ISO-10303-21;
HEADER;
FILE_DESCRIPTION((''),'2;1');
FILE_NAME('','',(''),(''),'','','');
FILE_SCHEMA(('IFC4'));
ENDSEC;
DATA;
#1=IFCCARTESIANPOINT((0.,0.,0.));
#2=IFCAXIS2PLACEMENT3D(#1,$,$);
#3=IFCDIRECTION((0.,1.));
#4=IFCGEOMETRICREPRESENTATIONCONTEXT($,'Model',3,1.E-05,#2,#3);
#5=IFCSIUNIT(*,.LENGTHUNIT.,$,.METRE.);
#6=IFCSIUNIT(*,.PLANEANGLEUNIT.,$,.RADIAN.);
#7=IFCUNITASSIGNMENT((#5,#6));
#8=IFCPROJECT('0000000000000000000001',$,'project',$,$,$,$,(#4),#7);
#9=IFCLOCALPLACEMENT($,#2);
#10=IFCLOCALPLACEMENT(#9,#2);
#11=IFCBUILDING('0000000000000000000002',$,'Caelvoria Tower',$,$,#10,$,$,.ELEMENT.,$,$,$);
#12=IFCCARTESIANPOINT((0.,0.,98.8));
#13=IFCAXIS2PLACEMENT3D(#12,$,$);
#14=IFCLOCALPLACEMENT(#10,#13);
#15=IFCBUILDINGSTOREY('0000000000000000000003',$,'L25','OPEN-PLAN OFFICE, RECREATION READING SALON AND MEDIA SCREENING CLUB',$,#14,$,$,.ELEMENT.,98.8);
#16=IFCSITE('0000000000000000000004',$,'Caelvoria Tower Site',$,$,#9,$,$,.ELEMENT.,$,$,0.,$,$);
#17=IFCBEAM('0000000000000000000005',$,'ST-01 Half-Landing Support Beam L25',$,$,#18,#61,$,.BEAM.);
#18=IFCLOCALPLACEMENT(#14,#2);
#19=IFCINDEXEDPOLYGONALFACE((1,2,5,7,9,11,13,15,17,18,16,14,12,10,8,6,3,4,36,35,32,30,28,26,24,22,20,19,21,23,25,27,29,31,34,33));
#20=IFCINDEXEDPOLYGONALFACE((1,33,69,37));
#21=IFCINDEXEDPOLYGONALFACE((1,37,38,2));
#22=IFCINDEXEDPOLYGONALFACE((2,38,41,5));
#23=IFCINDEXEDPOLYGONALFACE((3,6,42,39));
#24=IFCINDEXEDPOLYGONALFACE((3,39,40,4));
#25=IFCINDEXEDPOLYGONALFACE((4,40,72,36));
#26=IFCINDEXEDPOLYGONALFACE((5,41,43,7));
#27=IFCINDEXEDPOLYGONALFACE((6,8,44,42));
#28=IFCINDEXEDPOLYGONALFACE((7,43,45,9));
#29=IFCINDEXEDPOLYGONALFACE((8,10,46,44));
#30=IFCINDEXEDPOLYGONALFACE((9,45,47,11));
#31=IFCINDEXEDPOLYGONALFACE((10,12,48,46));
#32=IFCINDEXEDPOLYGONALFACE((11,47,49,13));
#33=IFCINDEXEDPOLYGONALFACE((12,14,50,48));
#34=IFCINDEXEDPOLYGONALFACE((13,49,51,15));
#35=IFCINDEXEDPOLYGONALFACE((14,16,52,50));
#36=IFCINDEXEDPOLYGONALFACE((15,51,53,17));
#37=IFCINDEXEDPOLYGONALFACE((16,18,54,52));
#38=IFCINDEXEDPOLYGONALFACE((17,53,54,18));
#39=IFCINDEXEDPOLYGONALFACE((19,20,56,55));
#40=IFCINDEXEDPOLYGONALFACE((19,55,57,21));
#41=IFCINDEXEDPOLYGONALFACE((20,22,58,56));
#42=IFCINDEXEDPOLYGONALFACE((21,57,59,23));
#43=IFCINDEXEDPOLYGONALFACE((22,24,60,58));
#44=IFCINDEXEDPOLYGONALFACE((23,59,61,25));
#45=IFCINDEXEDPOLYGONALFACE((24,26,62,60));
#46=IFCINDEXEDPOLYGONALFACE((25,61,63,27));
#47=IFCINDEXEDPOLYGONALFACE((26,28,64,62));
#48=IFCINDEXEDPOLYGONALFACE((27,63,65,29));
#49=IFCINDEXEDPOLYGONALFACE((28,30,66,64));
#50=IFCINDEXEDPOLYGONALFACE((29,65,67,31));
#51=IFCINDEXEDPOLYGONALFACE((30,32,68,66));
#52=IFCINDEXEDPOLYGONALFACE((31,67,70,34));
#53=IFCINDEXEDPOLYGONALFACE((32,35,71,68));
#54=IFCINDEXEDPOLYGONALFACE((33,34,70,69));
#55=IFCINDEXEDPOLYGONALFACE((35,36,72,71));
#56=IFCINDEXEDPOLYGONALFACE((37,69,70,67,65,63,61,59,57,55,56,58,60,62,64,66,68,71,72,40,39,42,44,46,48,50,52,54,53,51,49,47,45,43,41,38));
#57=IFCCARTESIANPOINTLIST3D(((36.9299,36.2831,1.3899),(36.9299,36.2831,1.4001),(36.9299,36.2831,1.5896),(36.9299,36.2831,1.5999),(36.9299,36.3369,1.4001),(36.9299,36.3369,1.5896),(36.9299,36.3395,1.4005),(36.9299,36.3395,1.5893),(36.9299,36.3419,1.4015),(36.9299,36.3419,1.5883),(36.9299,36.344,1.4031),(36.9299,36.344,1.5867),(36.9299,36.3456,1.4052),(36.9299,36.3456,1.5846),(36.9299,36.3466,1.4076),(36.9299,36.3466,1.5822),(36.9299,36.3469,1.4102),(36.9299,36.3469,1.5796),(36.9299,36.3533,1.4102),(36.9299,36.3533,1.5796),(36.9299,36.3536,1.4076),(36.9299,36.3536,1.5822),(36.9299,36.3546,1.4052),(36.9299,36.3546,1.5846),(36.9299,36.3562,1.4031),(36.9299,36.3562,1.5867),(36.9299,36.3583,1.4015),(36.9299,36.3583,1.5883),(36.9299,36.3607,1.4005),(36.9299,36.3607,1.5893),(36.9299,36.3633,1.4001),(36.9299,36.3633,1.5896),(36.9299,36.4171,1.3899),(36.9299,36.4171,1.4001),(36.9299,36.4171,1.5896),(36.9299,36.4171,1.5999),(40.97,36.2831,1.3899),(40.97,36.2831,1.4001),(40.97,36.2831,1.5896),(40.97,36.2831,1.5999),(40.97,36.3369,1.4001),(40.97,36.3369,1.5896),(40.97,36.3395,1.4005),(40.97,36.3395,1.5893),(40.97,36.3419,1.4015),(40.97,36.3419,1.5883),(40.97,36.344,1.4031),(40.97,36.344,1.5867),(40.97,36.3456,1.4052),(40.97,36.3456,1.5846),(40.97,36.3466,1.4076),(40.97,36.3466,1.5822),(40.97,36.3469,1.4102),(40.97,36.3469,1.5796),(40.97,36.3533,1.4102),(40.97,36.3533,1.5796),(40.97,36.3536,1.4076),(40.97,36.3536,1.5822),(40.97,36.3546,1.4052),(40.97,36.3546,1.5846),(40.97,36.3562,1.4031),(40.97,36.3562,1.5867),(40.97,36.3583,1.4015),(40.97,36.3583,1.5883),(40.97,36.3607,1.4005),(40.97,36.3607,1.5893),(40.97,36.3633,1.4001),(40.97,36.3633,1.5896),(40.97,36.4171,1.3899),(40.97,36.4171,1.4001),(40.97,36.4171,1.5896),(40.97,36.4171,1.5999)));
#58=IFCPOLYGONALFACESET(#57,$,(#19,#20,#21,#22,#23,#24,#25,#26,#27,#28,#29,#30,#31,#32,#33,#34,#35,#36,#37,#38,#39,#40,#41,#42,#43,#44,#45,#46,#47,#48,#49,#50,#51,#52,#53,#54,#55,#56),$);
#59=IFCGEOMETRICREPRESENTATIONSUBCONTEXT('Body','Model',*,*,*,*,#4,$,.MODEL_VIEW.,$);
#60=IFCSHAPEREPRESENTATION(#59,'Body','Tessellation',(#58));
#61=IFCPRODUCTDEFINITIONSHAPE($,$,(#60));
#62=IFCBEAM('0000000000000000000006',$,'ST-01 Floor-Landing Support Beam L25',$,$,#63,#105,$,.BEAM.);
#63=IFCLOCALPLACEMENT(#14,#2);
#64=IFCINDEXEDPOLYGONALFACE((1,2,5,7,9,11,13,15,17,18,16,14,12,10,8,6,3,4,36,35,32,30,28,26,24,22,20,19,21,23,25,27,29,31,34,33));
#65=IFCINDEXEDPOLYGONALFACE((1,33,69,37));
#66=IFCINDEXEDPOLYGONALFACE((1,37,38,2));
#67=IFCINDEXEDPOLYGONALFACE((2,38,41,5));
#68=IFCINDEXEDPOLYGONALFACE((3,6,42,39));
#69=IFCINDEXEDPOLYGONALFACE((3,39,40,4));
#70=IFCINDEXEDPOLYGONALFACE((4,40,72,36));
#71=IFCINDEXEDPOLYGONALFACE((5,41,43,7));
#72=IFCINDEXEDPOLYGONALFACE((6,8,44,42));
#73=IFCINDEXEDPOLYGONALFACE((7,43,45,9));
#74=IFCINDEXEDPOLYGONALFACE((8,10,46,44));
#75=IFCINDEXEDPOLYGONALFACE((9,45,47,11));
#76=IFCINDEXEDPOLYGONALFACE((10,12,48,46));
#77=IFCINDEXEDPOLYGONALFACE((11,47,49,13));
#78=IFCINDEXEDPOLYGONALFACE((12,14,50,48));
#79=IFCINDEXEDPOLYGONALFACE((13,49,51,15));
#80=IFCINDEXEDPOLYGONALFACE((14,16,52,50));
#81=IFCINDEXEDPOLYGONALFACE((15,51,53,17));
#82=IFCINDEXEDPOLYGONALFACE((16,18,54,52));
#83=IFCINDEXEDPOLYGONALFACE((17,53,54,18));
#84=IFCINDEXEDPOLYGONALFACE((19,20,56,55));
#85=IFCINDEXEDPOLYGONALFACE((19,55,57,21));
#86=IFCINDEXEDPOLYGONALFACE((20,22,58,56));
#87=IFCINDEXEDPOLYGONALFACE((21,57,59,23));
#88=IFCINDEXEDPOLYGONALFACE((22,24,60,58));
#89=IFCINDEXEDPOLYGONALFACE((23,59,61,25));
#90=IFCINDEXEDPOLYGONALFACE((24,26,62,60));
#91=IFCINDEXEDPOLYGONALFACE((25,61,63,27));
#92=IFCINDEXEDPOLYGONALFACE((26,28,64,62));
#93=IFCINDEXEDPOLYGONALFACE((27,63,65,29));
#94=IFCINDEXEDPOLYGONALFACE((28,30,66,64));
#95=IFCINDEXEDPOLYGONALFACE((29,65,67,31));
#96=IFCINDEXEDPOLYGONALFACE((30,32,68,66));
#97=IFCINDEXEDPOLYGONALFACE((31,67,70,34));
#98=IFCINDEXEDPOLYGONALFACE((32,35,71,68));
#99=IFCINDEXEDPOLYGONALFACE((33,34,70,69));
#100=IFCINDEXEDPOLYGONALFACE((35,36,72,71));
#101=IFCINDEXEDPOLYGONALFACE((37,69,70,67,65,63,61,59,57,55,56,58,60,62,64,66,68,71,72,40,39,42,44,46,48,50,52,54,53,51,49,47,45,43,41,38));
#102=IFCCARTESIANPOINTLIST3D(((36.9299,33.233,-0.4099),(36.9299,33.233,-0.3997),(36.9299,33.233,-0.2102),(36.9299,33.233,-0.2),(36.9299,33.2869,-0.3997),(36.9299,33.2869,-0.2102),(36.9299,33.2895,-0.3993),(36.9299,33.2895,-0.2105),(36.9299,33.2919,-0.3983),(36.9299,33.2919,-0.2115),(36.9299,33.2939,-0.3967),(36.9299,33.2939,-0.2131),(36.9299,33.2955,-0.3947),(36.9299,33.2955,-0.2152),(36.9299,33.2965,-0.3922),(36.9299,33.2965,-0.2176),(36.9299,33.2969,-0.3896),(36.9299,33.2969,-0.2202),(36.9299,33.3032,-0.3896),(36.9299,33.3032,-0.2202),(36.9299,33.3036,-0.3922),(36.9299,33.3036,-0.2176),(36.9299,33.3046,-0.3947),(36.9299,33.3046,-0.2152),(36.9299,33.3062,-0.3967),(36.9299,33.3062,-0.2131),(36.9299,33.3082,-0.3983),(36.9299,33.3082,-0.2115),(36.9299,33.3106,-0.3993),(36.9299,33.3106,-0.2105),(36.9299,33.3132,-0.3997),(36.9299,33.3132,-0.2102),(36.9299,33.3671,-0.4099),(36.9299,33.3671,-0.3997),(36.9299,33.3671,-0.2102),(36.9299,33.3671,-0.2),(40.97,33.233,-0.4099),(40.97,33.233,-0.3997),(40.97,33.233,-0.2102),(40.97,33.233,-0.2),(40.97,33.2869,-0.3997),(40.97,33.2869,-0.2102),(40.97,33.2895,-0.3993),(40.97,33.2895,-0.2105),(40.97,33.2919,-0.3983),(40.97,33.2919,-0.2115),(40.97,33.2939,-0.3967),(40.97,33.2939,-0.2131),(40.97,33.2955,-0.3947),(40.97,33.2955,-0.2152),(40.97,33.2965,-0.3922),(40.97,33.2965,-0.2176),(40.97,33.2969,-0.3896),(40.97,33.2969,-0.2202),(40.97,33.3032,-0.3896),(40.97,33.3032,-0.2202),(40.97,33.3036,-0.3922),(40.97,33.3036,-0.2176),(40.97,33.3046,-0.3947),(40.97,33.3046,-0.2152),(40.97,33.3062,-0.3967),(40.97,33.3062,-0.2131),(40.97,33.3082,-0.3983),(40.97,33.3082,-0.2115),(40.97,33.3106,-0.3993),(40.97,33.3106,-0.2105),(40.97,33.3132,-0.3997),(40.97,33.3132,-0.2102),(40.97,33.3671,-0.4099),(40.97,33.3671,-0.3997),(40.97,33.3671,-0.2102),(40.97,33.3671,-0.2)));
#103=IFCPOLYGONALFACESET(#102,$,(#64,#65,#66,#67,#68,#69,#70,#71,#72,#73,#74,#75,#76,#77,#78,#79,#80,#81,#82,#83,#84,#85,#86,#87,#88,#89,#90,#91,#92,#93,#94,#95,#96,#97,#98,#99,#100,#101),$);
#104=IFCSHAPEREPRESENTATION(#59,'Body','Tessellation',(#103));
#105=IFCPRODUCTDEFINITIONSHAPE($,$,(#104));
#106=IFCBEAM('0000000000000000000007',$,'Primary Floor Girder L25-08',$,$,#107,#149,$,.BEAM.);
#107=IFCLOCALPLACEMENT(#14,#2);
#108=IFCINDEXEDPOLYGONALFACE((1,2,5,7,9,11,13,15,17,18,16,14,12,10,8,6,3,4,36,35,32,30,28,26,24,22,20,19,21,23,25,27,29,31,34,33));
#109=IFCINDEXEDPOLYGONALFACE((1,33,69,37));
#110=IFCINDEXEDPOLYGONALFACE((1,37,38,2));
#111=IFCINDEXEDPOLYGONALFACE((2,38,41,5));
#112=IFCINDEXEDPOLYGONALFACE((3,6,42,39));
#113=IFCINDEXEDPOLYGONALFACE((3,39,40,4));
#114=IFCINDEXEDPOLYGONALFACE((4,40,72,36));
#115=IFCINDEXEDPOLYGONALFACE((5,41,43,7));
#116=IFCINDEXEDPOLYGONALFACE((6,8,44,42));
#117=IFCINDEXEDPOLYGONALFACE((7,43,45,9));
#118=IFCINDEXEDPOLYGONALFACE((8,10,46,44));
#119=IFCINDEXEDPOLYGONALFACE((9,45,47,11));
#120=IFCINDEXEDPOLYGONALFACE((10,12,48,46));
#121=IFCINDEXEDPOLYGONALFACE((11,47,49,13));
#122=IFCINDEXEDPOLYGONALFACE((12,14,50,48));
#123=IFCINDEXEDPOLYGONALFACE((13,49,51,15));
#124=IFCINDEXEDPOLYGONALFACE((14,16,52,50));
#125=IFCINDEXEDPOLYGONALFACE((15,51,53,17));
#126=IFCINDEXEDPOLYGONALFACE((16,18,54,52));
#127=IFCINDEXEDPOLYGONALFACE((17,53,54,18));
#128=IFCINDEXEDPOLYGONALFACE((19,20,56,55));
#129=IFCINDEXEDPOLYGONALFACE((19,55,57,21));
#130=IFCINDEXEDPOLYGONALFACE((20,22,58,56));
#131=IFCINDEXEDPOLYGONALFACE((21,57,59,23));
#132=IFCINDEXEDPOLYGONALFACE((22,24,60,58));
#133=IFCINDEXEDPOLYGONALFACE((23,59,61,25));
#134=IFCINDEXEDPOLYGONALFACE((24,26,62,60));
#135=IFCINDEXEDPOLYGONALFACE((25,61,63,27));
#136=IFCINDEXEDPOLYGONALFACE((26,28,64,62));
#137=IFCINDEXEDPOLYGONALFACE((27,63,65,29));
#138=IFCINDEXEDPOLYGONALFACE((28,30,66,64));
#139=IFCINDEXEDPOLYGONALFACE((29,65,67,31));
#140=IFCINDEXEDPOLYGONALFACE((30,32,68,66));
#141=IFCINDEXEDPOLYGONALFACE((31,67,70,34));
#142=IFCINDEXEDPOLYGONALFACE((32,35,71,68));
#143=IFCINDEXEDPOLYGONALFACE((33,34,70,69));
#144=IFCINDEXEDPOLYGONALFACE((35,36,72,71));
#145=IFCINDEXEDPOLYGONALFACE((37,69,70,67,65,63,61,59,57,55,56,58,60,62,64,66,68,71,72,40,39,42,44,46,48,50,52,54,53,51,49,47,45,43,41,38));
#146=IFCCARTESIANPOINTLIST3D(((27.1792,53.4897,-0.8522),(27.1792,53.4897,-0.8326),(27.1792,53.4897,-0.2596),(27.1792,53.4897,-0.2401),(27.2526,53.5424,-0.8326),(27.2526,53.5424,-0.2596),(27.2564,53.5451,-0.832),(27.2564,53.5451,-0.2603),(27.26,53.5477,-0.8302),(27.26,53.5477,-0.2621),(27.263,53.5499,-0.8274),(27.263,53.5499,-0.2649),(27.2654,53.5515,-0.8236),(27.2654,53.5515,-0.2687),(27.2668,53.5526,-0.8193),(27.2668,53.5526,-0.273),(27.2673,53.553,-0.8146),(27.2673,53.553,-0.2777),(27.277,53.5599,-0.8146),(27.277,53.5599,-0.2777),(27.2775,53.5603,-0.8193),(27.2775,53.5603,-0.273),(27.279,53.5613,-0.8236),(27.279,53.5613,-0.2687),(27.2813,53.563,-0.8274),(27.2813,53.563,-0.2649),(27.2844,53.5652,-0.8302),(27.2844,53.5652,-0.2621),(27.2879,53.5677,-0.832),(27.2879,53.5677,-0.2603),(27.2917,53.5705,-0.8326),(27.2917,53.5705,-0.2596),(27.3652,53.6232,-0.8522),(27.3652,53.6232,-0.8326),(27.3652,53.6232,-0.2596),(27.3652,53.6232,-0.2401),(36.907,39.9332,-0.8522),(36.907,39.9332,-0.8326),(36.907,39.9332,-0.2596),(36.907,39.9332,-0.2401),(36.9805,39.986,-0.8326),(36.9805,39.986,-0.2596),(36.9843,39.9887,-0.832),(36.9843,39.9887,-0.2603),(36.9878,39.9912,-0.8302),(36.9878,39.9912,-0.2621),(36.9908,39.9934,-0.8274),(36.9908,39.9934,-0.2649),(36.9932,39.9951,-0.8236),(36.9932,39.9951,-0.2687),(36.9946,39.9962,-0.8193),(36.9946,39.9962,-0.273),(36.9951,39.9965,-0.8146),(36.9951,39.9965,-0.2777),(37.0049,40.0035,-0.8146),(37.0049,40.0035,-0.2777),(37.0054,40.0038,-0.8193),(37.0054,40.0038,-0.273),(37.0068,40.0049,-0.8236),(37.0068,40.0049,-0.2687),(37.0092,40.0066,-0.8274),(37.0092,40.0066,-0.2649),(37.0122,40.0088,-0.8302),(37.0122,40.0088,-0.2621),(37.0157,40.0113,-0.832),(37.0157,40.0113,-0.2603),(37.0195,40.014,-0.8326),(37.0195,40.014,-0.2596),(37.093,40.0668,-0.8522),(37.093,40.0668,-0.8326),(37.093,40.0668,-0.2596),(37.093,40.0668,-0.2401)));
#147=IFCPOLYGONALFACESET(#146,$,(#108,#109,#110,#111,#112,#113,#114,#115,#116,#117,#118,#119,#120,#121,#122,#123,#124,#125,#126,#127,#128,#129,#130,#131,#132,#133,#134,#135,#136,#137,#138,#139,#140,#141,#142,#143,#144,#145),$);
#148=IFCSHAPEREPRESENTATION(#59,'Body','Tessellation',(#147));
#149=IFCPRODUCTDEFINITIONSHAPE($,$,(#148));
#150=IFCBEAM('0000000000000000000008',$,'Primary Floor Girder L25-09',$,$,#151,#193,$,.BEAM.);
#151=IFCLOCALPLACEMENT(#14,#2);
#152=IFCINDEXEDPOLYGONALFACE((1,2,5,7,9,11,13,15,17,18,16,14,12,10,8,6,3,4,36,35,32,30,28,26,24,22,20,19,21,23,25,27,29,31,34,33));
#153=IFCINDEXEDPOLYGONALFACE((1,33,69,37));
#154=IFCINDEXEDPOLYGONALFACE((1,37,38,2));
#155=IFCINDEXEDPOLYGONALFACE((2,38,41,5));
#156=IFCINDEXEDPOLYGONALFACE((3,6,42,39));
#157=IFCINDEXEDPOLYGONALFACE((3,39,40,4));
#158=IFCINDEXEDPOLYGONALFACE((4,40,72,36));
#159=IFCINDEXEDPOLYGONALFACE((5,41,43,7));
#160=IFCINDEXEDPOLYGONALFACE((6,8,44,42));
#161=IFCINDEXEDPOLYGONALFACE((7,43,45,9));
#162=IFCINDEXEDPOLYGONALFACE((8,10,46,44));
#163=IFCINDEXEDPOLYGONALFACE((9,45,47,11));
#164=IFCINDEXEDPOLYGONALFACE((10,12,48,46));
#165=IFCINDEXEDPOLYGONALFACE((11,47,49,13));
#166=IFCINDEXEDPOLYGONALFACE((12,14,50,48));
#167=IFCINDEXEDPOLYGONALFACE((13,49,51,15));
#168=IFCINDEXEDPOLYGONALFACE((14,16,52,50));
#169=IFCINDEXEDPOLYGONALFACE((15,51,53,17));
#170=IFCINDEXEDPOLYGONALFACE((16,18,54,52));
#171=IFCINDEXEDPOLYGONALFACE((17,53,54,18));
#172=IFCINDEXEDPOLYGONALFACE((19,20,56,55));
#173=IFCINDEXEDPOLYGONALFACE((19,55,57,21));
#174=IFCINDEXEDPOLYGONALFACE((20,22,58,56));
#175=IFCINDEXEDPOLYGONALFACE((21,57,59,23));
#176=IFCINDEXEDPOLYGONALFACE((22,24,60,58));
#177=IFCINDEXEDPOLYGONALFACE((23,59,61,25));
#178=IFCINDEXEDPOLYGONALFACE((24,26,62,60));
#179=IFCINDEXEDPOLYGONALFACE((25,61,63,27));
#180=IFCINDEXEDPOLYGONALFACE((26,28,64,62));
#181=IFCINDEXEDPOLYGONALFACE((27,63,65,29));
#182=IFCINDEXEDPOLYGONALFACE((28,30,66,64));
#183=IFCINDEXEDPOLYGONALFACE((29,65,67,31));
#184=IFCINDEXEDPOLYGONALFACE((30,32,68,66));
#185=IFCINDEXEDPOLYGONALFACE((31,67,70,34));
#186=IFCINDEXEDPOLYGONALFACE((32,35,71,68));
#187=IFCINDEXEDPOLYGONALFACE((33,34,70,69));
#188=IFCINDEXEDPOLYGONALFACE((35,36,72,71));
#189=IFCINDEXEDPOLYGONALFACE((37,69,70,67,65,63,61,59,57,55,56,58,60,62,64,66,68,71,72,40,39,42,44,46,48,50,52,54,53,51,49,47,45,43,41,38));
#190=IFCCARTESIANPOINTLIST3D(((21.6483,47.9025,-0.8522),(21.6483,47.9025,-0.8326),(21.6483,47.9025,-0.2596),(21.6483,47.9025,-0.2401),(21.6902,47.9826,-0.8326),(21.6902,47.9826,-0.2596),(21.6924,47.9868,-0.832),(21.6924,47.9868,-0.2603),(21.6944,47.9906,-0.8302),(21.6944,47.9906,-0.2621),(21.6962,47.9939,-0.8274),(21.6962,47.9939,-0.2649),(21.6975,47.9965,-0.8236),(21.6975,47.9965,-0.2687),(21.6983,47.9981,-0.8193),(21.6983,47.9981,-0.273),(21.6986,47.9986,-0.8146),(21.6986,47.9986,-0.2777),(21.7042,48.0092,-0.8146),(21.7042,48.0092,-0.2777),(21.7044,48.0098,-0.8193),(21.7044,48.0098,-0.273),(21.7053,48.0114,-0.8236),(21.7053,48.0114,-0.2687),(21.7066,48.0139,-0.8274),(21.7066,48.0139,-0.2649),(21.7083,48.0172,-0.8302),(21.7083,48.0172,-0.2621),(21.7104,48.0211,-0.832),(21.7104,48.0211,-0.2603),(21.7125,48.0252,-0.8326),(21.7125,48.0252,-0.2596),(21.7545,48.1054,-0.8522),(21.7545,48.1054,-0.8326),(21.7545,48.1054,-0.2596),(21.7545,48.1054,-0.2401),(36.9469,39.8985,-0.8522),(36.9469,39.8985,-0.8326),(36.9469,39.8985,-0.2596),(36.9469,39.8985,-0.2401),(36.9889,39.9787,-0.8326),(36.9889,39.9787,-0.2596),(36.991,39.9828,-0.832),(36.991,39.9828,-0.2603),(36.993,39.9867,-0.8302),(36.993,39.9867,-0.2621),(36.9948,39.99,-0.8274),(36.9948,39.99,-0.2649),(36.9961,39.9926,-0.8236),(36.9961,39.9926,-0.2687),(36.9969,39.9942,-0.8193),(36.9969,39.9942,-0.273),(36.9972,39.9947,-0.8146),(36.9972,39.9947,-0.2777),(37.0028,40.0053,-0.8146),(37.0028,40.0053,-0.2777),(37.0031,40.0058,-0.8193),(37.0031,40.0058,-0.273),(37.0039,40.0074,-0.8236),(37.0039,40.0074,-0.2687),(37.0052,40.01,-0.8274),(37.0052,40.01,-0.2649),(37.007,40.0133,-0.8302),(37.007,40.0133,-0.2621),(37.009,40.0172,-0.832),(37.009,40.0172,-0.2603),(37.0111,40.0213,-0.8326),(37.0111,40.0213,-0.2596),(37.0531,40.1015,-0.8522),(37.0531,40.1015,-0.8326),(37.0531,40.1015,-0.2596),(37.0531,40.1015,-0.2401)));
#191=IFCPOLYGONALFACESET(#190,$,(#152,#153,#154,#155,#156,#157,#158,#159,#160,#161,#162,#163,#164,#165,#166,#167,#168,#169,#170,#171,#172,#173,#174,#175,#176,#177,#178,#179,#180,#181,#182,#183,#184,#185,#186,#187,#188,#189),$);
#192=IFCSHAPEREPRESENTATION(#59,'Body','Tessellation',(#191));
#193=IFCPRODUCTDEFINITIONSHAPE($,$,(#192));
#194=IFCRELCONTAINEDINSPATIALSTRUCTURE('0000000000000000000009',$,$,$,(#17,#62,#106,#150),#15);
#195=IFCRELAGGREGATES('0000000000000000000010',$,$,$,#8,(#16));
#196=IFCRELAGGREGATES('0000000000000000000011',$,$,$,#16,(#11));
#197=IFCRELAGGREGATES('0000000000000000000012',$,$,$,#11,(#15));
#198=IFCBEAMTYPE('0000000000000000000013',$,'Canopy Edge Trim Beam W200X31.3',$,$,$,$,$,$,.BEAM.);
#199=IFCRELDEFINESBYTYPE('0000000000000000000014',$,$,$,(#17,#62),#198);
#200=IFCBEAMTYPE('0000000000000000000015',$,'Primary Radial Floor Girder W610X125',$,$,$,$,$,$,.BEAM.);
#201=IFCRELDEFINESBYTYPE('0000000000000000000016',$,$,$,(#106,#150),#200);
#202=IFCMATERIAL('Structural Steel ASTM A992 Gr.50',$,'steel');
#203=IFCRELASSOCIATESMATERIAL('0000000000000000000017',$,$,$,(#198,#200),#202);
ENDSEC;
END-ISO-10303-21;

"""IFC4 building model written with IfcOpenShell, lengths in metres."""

from ifc_helpers import new_model, si_unit, direction, frame, origin, origin_2d, place, context, subcontext, project, spatial, i_section, extrude, material, material_profile, profile_set, type_object, element, save


model = new_model("IFC4")

# Units and contexts
model_context = context("Model", 3, precision=1e-05, world=origin(), true_north=direction((0.0, 1.0)))
body_context = subcontext(model_context, "Body", "Model", "MODEL_VIEW")
ifc_project = project(units=[si_unit("LENGTHUNIT", "METRE"), si_unit("PLANEANGLEUNIT", "RADIAN")], contexts=[model_context])

# Site, building, storey
site_placement = place(None, origin())
site = spatial("IfcSite", under=ifc_project, at=site_placement, Name="Caelvoria Tower Site", CompositionType="ELEMENT", RefElevation=0.0)
building_placement = place(site_placement, origin())
building = spatial("IfcBuilding", under=site, at=building_placement, Name="Caelvoria Tower", CompositionType="ELEMENT")
storey_placement = place(building_placement, frame((0.0, 0.0, 98.8)))
storey = spatial("IfcBuildingStorey", under=building, at=storey_placement, Name="L25", Description="OPEN-PLAN OFFICE, RECREATION READING SALON AND MEDIA SCREENING CLUB", CompositionType="ELEMENT", Elevation=98.8)

# Beams
ifc_material_1 = material(Name="Structural Steel ASTM A992 Gr.50", Category="steel")
ifc_material_profile_1 = material_profile(ifc_material_1, i_section(OverallWidth=0.134, OverallDepth=0.21, WebThickness=0.0063, FlangeThickness=0.0103, FilletRadius=0.01, at=origin_2d()), Name="Structural Steel ASTM A992 Gr.50")
ifc_profile_set_1 = profile_set([ifc_material_profile_1], Name="W200X31.3 - Structural Steel ASTM A992 Gr.50")
beam_type_1 = type_object("IfcBeamType", Name="Canopy Edge Trim Beam W200X31.3", PredefinedType="BEAM", material=ifc_profile_set_1)
for number, where, z_axis, x_axis, name in (
    (1, (36.9299, 36.3501, 1.4949), (1.0, 0.0, 0.0), (0.0, 1.0, 0.0), "ST-01 Half-Landing Support Beam L25"),
    (2, (36.9299, 33.3, -0.3049), (1.0, 0.0, 0.0), (0.0, 1.0, 0.0), "ST-01 Floor-Landing Support Beam L25"),
):
    element("IfcBeam", number, at=place(storey_placement, frame(where, z_axis=z_axis, x_axis=x_axis)), inside=storey, type_object=beam_type_1, Name=name, PredefinedType="BEAM", context=body_context, shape_type="SweptSolid", body=[
        extrude(i_section(OverallWidth=0.134, OverallDepth=0.21, WebThickness=0.0063, FlangeThickness=0.0103, FilletRadius=0.01, at=origin_2d()), origin(), (0.0, 0.0, 1.0), 4.04),
    ])
ifc_material_profile_2 = material_profile(ifc_material_1, i_section(OverallWidth=0.229, OverallDepth=0.6121, WebThickness=0.012, FlangeThickness=0.0195, FilletRadius=0.0181, at=origin_2d()), Name="Structural Steel ASTM A992 Gr.50")
ifc_profile_set_2 = profile_set([ifc_material_profile_2], Name="W610X125 - Structural Steel ASTM A992 Gr.50")
beam_type_2 = type_object("IfcBeamType", Name="Primary Radial Floor Girder W610X125", PredefinedType="BEAM", material=ifc_profile_set_2)
beam_1_placement = place(storey_placement, frame((37.0, 40.0, -0.5461), z_axis=(-0.583008, 0.812466, 0.0), x_axis=(-0.812466, -0.583008, 0.0)))
element("IfcBeam", 3, at=beam_1_placement, inside=storey, type_object=beam_type_2, Name="Primary Floor Girder L25-08", PredefinedType="BEAM", context=body_context, shape_type="SweptSolid", body=[
    extrude(i_section(OverallWidth=0.229, OverallDepth=0.6121, WebThickness=0.012, FlangeThickness=0.0195, FilletRadius=0.0181, at=origin_2d()), origin(), (0.0, 0.0, 1.0), 16.6855),
])
beam_2_placement = place(storey_placement, frame((37.0, 40.0, -0.5461), z_axis=(-0.886061, 0.463569, 0.0), x_axis=(-0.463569, -0.886061, 0.0)))
element("IfcBeam", 4, at=beam_2_placement, inside=storey, type_object=beam_type_2, Name="Primary Floor Girder L25-09", PredefinedType="BEAM", context=body_context, shape_type="SweptSolid", body=[
    extrude(i_section(OverallWidth=0.229, OverallDepth=0.6121, WebThickness=0.012, FlangeThickness=0.0195, FilletRadius=0.0181, at=origin_2d()), origin(), (0.0, 0.0, 1.0), 17.2659),
])

save(model, "model.ifc")
